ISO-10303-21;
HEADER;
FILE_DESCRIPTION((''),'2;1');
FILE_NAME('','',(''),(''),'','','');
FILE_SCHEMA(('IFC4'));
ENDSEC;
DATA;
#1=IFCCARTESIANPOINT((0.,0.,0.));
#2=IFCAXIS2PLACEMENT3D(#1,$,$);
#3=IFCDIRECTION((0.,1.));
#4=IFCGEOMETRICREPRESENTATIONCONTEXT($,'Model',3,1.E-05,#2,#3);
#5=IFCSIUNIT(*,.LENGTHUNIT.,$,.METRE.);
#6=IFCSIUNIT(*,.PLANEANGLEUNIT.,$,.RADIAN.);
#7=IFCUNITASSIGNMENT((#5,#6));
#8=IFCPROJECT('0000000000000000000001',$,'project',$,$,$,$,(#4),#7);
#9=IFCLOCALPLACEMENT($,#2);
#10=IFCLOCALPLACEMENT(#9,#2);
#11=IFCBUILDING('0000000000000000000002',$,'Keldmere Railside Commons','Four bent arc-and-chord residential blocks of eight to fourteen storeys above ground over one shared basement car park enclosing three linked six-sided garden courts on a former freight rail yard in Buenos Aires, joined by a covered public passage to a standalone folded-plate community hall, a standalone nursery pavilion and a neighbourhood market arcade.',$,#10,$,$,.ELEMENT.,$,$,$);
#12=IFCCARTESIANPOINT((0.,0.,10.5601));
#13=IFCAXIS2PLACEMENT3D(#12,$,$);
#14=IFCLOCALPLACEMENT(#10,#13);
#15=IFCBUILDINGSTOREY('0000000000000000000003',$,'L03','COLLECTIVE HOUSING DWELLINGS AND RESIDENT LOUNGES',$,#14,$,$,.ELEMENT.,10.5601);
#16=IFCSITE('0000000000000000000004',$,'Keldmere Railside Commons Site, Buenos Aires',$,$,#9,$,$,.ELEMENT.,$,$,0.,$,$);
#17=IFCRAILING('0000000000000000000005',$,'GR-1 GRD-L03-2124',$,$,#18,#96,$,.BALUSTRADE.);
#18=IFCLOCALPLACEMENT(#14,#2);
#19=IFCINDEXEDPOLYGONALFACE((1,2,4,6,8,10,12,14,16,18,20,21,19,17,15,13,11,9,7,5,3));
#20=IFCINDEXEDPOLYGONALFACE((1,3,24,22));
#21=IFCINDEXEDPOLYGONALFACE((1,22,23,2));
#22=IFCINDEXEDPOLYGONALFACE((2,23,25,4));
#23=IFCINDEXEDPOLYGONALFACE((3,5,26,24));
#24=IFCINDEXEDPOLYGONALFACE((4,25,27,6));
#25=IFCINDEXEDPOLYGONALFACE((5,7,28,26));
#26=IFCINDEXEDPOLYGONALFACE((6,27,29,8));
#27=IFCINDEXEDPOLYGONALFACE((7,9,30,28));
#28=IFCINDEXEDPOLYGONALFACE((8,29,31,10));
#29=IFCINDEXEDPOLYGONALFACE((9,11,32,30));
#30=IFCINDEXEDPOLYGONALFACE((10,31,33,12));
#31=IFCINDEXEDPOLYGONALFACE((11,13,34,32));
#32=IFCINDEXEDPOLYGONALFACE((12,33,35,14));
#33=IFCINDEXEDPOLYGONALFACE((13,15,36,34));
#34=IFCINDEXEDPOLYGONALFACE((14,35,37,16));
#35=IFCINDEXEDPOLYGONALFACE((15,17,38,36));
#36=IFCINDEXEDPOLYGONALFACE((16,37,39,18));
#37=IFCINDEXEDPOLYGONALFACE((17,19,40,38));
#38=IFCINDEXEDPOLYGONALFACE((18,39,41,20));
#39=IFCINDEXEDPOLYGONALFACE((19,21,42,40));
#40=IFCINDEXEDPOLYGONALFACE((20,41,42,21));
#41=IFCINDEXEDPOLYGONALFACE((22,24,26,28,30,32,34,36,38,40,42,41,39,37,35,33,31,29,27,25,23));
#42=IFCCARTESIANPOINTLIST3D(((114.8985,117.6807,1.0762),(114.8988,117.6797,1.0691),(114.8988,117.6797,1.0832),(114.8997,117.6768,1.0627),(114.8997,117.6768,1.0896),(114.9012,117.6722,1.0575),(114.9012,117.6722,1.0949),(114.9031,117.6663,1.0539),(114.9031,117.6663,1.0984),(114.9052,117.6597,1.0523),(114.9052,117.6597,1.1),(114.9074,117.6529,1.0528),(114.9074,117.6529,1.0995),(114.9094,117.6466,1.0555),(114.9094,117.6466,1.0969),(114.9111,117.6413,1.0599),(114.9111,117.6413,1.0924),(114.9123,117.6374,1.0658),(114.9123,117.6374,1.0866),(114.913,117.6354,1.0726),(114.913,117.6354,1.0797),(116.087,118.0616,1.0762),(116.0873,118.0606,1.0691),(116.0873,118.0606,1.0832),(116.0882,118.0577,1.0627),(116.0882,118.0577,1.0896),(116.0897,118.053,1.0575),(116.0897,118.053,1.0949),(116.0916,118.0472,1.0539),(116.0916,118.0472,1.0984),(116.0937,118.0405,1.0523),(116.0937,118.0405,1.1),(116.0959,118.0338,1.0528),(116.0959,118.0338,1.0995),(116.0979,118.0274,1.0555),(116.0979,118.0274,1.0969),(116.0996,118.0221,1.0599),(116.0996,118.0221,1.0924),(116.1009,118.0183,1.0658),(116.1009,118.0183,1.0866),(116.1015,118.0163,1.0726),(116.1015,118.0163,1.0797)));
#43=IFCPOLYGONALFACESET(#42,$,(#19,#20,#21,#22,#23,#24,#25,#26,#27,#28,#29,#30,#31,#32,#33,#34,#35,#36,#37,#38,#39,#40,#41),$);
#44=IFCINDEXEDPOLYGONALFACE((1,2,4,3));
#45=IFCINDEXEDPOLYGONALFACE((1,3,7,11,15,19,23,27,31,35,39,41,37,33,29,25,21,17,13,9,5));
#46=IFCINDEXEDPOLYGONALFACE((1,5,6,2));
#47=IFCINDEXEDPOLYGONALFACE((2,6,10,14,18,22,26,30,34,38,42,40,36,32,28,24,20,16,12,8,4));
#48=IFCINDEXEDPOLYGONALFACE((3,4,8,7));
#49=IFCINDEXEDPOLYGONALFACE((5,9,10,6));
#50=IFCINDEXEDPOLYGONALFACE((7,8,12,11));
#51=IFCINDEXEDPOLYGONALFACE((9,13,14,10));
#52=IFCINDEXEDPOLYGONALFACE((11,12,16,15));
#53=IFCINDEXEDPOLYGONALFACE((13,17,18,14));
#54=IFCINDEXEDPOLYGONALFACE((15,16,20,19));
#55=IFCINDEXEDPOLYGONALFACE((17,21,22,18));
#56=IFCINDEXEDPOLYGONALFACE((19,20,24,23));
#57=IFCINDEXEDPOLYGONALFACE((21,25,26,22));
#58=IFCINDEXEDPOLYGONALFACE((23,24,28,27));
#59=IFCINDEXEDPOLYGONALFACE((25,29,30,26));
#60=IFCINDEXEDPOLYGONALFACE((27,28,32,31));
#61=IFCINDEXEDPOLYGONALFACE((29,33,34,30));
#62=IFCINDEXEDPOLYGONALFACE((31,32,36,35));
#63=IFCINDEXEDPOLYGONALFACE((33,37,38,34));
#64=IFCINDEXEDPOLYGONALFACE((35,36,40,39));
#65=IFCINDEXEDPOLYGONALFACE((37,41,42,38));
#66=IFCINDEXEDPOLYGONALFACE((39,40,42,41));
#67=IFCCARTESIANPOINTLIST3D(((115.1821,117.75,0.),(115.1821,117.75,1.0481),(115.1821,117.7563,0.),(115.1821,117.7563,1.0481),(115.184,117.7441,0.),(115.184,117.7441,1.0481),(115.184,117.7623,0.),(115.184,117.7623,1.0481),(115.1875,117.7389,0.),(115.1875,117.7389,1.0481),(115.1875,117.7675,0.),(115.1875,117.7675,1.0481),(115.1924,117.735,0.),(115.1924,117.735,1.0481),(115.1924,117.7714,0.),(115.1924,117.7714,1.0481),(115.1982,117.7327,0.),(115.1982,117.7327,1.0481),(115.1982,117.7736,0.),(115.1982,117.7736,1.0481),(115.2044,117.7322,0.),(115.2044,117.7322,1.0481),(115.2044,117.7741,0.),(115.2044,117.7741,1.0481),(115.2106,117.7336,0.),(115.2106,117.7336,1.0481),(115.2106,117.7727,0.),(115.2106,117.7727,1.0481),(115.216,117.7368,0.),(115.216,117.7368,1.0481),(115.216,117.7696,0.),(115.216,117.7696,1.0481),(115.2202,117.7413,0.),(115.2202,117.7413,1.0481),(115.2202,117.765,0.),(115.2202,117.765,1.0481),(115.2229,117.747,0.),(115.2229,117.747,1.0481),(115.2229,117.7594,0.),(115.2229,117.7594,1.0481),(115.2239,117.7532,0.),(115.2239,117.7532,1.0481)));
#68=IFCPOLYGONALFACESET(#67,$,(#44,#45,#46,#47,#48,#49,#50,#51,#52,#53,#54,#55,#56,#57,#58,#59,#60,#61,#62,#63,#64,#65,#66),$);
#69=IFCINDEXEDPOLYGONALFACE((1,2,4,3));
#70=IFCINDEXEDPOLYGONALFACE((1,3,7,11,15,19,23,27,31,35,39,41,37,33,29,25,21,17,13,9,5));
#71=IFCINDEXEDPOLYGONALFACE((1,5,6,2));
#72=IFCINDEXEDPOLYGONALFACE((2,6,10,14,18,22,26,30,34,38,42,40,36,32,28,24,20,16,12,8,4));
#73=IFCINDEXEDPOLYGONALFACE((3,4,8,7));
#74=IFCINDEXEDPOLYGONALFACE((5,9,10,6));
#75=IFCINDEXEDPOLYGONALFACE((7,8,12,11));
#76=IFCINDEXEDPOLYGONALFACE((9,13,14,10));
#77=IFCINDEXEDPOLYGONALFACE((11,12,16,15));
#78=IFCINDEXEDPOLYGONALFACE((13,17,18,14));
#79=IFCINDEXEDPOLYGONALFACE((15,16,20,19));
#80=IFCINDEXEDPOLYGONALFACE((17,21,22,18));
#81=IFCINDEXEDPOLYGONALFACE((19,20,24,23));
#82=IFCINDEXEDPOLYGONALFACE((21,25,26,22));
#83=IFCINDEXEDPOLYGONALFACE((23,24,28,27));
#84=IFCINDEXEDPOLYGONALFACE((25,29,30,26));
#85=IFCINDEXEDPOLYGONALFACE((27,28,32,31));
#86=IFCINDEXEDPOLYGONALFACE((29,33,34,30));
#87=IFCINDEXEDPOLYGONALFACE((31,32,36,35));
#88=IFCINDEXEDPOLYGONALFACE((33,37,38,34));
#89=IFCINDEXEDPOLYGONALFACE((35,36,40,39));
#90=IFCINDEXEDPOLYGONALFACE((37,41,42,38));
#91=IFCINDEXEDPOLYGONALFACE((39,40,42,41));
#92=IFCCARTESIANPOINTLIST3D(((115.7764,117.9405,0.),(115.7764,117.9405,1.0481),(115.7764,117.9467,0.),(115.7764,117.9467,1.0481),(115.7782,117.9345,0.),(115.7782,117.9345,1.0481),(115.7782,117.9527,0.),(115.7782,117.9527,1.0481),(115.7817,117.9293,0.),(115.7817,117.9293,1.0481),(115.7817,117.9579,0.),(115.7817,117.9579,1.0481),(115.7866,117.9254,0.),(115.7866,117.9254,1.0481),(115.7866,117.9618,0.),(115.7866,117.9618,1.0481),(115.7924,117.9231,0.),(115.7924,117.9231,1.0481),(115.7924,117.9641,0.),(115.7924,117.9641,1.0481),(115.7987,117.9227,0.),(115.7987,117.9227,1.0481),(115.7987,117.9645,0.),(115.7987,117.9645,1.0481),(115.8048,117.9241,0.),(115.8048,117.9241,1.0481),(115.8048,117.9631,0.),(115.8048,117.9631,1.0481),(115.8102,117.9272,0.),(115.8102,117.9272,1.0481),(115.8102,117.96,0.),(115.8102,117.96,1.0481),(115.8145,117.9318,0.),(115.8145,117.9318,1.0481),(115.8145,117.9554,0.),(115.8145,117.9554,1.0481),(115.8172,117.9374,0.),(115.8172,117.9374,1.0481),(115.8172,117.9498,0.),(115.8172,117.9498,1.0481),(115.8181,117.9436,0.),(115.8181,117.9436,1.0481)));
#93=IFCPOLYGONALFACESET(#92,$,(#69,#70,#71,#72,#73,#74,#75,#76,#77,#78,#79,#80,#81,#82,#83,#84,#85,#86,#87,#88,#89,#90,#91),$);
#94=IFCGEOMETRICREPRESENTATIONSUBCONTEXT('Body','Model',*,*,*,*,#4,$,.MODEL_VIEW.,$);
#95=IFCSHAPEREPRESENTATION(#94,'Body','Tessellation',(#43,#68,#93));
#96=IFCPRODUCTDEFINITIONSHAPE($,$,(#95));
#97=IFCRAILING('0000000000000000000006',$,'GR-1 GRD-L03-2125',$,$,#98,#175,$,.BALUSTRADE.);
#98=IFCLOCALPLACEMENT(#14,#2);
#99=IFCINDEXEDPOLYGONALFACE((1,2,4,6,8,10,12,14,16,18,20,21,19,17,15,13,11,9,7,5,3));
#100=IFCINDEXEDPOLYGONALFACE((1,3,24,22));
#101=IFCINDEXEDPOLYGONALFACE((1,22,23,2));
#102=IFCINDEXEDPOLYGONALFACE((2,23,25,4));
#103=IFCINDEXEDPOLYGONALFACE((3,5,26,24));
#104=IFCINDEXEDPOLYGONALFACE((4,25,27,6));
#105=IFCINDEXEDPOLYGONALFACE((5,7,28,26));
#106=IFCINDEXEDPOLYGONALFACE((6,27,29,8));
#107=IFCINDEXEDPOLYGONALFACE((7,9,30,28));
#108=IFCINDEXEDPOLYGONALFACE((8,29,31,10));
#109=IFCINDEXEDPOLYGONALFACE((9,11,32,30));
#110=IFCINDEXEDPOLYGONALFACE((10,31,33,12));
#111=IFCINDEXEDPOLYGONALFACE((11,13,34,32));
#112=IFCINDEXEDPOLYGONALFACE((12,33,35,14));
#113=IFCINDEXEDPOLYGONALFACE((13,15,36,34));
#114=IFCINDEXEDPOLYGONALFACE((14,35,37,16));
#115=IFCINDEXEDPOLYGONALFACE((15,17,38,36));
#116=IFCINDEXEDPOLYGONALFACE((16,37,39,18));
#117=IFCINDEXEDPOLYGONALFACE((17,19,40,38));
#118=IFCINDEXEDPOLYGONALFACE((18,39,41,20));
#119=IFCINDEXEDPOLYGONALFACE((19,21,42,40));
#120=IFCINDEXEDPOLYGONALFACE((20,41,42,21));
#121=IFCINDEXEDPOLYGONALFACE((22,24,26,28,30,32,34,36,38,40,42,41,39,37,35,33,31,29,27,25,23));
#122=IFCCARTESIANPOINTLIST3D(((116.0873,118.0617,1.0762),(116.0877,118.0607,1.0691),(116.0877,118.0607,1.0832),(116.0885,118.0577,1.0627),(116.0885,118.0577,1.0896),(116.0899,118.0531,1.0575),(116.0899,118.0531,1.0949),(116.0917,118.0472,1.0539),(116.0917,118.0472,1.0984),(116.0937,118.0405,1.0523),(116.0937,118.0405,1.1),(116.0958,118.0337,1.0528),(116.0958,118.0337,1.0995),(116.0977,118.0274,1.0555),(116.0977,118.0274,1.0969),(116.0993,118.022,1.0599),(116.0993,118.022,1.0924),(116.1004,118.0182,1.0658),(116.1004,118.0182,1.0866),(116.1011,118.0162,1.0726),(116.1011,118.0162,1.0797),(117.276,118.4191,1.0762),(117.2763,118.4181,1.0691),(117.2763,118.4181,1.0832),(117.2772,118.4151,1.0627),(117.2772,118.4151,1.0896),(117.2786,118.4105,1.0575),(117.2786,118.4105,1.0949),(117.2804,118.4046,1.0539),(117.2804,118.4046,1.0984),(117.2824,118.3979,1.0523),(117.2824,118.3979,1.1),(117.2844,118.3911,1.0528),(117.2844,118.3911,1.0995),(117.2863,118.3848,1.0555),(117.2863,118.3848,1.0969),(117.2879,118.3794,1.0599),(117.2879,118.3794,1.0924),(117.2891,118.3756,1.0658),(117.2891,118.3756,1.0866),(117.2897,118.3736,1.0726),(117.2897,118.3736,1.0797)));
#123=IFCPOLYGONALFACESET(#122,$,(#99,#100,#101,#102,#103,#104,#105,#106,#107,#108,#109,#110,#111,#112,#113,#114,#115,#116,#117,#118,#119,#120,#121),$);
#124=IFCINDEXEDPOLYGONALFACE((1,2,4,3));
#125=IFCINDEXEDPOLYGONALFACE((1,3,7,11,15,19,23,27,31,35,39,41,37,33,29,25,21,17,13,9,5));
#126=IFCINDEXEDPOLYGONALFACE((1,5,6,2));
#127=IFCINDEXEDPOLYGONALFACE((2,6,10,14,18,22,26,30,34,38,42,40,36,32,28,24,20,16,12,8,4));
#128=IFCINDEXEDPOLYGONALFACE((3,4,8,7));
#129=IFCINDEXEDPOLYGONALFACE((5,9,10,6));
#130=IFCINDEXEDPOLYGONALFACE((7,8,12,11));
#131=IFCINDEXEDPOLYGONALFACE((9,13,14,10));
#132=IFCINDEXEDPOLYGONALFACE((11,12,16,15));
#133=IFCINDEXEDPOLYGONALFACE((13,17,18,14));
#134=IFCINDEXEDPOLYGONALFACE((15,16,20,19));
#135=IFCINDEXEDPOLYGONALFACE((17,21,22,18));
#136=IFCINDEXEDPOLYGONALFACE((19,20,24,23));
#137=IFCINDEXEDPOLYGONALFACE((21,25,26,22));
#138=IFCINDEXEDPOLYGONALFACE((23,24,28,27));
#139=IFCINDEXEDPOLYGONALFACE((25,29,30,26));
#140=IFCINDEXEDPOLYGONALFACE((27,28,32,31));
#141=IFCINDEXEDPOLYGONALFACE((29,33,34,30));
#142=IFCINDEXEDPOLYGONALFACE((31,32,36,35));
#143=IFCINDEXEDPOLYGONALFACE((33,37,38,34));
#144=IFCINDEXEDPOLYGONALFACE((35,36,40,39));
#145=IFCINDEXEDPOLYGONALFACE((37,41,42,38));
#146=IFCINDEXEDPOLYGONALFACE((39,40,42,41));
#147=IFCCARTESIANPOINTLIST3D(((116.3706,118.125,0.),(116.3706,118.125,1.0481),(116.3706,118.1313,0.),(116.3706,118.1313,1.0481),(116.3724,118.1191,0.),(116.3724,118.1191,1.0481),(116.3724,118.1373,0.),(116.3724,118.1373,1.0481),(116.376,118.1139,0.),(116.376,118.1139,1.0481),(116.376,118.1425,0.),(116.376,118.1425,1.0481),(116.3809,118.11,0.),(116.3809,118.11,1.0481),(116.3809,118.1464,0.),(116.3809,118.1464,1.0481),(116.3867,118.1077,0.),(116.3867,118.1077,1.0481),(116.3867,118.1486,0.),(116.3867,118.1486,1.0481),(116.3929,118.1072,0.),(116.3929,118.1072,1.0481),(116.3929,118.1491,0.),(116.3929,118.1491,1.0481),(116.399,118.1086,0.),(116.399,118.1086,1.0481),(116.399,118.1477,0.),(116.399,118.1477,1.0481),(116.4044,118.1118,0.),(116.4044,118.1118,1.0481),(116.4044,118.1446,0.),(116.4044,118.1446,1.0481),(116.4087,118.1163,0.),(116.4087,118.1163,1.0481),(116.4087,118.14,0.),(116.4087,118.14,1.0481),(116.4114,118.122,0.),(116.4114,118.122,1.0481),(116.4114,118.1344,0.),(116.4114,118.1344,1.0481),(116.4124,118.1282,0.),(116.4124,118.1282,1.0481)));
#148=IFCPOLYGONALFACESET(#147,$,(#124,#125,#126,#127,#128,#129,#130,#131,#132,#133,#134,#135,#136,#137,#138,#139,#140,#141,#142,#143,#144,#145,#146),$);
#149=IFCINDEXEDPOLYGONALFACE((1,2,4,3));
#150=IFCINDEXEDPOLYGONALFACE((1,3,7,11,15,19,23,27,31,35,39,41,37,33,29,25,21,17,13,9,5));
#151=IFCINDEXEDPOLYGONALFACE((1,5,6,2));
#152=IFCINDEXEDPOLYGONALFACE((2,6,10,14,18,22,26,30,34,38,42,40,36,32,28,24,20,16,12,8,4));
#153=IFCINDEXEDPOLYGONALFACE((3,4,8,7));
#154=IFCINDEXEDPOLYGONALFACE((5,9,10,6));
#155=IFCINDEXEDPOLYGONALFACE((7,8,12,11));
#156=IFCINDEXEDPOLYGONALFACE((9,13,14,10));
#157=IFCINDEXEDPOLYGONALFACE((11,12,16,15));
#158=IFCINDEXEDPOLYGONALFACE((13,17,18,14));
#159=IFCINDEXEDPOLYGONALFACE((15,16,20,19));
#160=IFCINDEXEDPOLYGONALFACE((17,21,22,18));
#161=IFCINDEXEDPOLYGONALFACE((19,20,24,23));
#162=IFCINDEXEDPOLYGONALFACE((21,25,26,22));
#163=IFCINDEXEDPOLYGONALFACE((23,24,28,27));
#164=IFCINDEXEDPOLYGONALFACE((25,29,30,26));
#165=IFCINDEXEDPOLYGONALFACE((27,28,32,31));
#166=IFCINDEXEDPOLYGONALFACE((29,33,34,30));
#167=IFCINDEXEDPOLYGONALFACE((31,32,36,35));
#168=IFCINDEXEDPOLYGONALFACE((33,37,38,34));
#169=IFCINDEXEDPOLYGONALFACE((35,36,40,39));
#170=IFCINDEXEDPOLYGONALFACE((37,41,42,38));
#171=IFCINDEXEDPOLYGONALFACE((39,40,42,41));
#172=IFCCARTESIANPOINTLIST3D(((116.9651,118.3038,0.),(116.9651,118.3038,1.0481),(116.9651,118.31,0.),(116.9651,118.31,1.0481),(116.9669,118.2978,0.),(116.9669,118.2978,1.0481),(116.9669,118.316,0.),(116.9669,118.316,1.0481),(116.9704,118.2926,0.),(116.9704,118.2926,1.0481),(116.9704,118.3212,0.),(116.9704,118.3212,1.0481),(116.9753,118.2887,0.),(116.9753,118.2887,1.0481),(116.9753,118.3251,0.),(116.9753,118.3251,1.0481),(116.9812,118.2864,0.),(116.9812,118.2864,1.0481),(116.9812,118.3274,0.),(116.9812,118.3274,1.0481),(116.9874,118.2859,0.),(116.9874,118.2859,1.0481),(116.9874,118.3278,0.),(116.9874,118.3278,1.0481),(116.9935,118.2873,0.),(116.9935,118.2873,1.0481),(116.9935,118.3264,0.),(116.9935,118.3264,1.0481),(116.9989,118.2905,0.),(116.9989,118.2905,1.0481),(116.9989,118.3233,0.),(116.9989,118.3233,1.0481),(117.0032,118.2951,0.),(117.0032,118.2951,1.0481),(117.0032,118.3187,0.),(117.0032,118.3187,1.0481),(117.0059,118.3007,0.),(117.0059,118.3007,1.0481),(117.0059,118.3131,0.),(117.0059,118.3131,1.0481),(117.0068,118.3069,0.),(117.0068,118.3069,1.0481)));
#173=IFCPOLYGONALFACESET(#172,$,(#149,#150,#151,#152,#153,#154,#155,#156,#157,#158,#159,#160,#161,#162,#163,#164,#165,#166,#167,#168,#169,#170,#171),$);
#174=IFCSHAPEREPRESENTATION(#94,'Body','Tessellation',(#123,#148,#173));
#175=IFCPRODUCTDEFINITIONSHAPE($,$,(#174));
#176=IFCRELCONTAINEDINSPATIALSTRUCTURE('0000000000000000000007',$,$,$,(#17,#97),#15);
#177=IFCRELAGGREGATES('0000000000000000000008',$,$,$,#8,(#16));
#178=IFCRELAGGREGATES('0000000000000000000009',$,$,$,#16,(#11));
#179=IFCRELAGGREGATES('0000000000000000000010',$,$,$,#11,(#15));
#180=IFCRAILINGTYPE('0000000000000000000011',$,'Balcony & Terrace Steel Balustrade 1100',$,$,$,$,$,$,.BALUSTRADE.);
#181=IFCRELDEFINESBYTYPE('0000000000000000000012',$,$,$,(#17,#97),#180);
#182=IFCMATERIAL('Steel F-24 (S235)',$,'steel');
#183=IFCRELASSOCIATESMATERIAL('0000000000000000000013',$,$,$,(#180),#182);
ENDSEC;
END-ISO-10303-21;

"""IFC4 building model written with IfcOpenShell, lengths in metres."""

from ifc_helpers import new_model, si_unit, direction, frame, origin, origin_2d, place, context, subcontext, project, spatial, circle, extrude, material, type_object, element, save


model = new_model("IFC4")

# Units and contexts
model_context = context("Model", 3, precision=1e-05, world=origin(), true_north=direction((0.0, 1.0)))
body_context = subcontext(model_context, "Body", "Model", "MODEL_VIEW")
ifc_project = project(units=[si_unit("LENGTHUNIT", "METRE"), si_unit("PLANEANGLEUNIT", "RADIAN")], contexts=[model_context])

# Site, building, storey
site_placement = place(None, origin())
site = spatial("IfcSite", under=ifc_project, at=site_placement, Name="Keldmere Railside Commons Site, Buenos Aires", CompositionType="ELEMENT", RefElevation=0.0)
building_placement = place(site_placement, origin())
building = spatial("IfcBuilding", under=site, at=building_placement, Name="Keldmere Railside Commons", Description="Four bent arc-and-chord residential blocks of eight to fourteen storeys above ground over one shared basement car park enclosing three linked six-sided garden courts on a former freight rail yard in Buenos Aires, joined by a covered public passage to a standalone folded-plate community hall, a standalone nursery pavilion and a neighbourhood market arcade.", CompositionType="ELEMENT")
storey_placement = place(building_placement, frame((0.0, 0.0, 10.5601)))
storey = spatial("IfcBuildingStorey", under=building, at=storey_placement, Name="L03", Description="COLLECTIVE HOUSING DWELLINGS AND RESIDENT LOUNGES", CompositionType="ELEMENT", Elevation=10.5601)

# Railings
ifc_material_1 = material(Name="Steel F-24 (S235)", Category="steel")
railing_type = type_object("IfcRailingType", Name="Balcony & Terrace Steel Balustrade 1100", PredefinedType="BALUSTRADE", material=ifc_material_1)
railing_1_placement = place(storey_placement, frame((114.9058, 117.658, 0.0)))
element("IfcRailing", 1, at=railing_1_placement, inside=storey, type_object=railing_type, Name="GR-1 GRD-L03-2124", PredefinedType="BALUSTRADE", context=body_context, shape_type="SweptSolid", body=[
    extrude(circle(Radius=0.0239, at=origin_2d()), frame((0.0, 0.0, 1.0762), z_axis=(0.952297, 0.305173, 0.0), x_axis=(-0.305173, 0.952297, 0.0)), (0.0, 0.0, 1.0), 1.248),
    extrude(circle(Radius=0.021, at=origin_2d()), frame((0.2971, 0.0952, 0.0)), (0.0, 0.0, 1.0), 1.0481),
    extrude(circle(Radius=0.021, at=origin_2d()), frame((0.8914, 0.2856, 0.0)), (0.0, 0.0, 1.0), 1.0481),
])
railing_2_placement = place(storey_placement, frame((116.0942, 118.0388, 0.0)))
element("IfcRailing", 2, at=railing_2_placement, inside=storey, type_object=railing_type, Name="GR-1 GRD-L03-2125", PredefinedType="BALUSTRADE", context=body_context, shape_type="SweptSolid", body=[
    extrude(circle(Radius=0.0239, at=origin_2d()), frame((0.0, 0.0, 1.0762), z_axis=(0.957647, 0.287943, 0.0), x_axis=(-0.287943, 0.957647, 0.0)), (0.0, 0.0, 1.0), 1.2412),
    extrude(circle(Radius=0.021, at=origin_2d()), frame((0.2971, 0.0894, 0.0)), (0.0, 0.0, 1.0), 1.0481),
    extrude(circle(Radius=0.021, at=origin_2d()), frame((0.8916, 0.2681, 0.0)), (0.0, 0.0, 1.0), 1.0481),
])

save(model, "model.ifc")
